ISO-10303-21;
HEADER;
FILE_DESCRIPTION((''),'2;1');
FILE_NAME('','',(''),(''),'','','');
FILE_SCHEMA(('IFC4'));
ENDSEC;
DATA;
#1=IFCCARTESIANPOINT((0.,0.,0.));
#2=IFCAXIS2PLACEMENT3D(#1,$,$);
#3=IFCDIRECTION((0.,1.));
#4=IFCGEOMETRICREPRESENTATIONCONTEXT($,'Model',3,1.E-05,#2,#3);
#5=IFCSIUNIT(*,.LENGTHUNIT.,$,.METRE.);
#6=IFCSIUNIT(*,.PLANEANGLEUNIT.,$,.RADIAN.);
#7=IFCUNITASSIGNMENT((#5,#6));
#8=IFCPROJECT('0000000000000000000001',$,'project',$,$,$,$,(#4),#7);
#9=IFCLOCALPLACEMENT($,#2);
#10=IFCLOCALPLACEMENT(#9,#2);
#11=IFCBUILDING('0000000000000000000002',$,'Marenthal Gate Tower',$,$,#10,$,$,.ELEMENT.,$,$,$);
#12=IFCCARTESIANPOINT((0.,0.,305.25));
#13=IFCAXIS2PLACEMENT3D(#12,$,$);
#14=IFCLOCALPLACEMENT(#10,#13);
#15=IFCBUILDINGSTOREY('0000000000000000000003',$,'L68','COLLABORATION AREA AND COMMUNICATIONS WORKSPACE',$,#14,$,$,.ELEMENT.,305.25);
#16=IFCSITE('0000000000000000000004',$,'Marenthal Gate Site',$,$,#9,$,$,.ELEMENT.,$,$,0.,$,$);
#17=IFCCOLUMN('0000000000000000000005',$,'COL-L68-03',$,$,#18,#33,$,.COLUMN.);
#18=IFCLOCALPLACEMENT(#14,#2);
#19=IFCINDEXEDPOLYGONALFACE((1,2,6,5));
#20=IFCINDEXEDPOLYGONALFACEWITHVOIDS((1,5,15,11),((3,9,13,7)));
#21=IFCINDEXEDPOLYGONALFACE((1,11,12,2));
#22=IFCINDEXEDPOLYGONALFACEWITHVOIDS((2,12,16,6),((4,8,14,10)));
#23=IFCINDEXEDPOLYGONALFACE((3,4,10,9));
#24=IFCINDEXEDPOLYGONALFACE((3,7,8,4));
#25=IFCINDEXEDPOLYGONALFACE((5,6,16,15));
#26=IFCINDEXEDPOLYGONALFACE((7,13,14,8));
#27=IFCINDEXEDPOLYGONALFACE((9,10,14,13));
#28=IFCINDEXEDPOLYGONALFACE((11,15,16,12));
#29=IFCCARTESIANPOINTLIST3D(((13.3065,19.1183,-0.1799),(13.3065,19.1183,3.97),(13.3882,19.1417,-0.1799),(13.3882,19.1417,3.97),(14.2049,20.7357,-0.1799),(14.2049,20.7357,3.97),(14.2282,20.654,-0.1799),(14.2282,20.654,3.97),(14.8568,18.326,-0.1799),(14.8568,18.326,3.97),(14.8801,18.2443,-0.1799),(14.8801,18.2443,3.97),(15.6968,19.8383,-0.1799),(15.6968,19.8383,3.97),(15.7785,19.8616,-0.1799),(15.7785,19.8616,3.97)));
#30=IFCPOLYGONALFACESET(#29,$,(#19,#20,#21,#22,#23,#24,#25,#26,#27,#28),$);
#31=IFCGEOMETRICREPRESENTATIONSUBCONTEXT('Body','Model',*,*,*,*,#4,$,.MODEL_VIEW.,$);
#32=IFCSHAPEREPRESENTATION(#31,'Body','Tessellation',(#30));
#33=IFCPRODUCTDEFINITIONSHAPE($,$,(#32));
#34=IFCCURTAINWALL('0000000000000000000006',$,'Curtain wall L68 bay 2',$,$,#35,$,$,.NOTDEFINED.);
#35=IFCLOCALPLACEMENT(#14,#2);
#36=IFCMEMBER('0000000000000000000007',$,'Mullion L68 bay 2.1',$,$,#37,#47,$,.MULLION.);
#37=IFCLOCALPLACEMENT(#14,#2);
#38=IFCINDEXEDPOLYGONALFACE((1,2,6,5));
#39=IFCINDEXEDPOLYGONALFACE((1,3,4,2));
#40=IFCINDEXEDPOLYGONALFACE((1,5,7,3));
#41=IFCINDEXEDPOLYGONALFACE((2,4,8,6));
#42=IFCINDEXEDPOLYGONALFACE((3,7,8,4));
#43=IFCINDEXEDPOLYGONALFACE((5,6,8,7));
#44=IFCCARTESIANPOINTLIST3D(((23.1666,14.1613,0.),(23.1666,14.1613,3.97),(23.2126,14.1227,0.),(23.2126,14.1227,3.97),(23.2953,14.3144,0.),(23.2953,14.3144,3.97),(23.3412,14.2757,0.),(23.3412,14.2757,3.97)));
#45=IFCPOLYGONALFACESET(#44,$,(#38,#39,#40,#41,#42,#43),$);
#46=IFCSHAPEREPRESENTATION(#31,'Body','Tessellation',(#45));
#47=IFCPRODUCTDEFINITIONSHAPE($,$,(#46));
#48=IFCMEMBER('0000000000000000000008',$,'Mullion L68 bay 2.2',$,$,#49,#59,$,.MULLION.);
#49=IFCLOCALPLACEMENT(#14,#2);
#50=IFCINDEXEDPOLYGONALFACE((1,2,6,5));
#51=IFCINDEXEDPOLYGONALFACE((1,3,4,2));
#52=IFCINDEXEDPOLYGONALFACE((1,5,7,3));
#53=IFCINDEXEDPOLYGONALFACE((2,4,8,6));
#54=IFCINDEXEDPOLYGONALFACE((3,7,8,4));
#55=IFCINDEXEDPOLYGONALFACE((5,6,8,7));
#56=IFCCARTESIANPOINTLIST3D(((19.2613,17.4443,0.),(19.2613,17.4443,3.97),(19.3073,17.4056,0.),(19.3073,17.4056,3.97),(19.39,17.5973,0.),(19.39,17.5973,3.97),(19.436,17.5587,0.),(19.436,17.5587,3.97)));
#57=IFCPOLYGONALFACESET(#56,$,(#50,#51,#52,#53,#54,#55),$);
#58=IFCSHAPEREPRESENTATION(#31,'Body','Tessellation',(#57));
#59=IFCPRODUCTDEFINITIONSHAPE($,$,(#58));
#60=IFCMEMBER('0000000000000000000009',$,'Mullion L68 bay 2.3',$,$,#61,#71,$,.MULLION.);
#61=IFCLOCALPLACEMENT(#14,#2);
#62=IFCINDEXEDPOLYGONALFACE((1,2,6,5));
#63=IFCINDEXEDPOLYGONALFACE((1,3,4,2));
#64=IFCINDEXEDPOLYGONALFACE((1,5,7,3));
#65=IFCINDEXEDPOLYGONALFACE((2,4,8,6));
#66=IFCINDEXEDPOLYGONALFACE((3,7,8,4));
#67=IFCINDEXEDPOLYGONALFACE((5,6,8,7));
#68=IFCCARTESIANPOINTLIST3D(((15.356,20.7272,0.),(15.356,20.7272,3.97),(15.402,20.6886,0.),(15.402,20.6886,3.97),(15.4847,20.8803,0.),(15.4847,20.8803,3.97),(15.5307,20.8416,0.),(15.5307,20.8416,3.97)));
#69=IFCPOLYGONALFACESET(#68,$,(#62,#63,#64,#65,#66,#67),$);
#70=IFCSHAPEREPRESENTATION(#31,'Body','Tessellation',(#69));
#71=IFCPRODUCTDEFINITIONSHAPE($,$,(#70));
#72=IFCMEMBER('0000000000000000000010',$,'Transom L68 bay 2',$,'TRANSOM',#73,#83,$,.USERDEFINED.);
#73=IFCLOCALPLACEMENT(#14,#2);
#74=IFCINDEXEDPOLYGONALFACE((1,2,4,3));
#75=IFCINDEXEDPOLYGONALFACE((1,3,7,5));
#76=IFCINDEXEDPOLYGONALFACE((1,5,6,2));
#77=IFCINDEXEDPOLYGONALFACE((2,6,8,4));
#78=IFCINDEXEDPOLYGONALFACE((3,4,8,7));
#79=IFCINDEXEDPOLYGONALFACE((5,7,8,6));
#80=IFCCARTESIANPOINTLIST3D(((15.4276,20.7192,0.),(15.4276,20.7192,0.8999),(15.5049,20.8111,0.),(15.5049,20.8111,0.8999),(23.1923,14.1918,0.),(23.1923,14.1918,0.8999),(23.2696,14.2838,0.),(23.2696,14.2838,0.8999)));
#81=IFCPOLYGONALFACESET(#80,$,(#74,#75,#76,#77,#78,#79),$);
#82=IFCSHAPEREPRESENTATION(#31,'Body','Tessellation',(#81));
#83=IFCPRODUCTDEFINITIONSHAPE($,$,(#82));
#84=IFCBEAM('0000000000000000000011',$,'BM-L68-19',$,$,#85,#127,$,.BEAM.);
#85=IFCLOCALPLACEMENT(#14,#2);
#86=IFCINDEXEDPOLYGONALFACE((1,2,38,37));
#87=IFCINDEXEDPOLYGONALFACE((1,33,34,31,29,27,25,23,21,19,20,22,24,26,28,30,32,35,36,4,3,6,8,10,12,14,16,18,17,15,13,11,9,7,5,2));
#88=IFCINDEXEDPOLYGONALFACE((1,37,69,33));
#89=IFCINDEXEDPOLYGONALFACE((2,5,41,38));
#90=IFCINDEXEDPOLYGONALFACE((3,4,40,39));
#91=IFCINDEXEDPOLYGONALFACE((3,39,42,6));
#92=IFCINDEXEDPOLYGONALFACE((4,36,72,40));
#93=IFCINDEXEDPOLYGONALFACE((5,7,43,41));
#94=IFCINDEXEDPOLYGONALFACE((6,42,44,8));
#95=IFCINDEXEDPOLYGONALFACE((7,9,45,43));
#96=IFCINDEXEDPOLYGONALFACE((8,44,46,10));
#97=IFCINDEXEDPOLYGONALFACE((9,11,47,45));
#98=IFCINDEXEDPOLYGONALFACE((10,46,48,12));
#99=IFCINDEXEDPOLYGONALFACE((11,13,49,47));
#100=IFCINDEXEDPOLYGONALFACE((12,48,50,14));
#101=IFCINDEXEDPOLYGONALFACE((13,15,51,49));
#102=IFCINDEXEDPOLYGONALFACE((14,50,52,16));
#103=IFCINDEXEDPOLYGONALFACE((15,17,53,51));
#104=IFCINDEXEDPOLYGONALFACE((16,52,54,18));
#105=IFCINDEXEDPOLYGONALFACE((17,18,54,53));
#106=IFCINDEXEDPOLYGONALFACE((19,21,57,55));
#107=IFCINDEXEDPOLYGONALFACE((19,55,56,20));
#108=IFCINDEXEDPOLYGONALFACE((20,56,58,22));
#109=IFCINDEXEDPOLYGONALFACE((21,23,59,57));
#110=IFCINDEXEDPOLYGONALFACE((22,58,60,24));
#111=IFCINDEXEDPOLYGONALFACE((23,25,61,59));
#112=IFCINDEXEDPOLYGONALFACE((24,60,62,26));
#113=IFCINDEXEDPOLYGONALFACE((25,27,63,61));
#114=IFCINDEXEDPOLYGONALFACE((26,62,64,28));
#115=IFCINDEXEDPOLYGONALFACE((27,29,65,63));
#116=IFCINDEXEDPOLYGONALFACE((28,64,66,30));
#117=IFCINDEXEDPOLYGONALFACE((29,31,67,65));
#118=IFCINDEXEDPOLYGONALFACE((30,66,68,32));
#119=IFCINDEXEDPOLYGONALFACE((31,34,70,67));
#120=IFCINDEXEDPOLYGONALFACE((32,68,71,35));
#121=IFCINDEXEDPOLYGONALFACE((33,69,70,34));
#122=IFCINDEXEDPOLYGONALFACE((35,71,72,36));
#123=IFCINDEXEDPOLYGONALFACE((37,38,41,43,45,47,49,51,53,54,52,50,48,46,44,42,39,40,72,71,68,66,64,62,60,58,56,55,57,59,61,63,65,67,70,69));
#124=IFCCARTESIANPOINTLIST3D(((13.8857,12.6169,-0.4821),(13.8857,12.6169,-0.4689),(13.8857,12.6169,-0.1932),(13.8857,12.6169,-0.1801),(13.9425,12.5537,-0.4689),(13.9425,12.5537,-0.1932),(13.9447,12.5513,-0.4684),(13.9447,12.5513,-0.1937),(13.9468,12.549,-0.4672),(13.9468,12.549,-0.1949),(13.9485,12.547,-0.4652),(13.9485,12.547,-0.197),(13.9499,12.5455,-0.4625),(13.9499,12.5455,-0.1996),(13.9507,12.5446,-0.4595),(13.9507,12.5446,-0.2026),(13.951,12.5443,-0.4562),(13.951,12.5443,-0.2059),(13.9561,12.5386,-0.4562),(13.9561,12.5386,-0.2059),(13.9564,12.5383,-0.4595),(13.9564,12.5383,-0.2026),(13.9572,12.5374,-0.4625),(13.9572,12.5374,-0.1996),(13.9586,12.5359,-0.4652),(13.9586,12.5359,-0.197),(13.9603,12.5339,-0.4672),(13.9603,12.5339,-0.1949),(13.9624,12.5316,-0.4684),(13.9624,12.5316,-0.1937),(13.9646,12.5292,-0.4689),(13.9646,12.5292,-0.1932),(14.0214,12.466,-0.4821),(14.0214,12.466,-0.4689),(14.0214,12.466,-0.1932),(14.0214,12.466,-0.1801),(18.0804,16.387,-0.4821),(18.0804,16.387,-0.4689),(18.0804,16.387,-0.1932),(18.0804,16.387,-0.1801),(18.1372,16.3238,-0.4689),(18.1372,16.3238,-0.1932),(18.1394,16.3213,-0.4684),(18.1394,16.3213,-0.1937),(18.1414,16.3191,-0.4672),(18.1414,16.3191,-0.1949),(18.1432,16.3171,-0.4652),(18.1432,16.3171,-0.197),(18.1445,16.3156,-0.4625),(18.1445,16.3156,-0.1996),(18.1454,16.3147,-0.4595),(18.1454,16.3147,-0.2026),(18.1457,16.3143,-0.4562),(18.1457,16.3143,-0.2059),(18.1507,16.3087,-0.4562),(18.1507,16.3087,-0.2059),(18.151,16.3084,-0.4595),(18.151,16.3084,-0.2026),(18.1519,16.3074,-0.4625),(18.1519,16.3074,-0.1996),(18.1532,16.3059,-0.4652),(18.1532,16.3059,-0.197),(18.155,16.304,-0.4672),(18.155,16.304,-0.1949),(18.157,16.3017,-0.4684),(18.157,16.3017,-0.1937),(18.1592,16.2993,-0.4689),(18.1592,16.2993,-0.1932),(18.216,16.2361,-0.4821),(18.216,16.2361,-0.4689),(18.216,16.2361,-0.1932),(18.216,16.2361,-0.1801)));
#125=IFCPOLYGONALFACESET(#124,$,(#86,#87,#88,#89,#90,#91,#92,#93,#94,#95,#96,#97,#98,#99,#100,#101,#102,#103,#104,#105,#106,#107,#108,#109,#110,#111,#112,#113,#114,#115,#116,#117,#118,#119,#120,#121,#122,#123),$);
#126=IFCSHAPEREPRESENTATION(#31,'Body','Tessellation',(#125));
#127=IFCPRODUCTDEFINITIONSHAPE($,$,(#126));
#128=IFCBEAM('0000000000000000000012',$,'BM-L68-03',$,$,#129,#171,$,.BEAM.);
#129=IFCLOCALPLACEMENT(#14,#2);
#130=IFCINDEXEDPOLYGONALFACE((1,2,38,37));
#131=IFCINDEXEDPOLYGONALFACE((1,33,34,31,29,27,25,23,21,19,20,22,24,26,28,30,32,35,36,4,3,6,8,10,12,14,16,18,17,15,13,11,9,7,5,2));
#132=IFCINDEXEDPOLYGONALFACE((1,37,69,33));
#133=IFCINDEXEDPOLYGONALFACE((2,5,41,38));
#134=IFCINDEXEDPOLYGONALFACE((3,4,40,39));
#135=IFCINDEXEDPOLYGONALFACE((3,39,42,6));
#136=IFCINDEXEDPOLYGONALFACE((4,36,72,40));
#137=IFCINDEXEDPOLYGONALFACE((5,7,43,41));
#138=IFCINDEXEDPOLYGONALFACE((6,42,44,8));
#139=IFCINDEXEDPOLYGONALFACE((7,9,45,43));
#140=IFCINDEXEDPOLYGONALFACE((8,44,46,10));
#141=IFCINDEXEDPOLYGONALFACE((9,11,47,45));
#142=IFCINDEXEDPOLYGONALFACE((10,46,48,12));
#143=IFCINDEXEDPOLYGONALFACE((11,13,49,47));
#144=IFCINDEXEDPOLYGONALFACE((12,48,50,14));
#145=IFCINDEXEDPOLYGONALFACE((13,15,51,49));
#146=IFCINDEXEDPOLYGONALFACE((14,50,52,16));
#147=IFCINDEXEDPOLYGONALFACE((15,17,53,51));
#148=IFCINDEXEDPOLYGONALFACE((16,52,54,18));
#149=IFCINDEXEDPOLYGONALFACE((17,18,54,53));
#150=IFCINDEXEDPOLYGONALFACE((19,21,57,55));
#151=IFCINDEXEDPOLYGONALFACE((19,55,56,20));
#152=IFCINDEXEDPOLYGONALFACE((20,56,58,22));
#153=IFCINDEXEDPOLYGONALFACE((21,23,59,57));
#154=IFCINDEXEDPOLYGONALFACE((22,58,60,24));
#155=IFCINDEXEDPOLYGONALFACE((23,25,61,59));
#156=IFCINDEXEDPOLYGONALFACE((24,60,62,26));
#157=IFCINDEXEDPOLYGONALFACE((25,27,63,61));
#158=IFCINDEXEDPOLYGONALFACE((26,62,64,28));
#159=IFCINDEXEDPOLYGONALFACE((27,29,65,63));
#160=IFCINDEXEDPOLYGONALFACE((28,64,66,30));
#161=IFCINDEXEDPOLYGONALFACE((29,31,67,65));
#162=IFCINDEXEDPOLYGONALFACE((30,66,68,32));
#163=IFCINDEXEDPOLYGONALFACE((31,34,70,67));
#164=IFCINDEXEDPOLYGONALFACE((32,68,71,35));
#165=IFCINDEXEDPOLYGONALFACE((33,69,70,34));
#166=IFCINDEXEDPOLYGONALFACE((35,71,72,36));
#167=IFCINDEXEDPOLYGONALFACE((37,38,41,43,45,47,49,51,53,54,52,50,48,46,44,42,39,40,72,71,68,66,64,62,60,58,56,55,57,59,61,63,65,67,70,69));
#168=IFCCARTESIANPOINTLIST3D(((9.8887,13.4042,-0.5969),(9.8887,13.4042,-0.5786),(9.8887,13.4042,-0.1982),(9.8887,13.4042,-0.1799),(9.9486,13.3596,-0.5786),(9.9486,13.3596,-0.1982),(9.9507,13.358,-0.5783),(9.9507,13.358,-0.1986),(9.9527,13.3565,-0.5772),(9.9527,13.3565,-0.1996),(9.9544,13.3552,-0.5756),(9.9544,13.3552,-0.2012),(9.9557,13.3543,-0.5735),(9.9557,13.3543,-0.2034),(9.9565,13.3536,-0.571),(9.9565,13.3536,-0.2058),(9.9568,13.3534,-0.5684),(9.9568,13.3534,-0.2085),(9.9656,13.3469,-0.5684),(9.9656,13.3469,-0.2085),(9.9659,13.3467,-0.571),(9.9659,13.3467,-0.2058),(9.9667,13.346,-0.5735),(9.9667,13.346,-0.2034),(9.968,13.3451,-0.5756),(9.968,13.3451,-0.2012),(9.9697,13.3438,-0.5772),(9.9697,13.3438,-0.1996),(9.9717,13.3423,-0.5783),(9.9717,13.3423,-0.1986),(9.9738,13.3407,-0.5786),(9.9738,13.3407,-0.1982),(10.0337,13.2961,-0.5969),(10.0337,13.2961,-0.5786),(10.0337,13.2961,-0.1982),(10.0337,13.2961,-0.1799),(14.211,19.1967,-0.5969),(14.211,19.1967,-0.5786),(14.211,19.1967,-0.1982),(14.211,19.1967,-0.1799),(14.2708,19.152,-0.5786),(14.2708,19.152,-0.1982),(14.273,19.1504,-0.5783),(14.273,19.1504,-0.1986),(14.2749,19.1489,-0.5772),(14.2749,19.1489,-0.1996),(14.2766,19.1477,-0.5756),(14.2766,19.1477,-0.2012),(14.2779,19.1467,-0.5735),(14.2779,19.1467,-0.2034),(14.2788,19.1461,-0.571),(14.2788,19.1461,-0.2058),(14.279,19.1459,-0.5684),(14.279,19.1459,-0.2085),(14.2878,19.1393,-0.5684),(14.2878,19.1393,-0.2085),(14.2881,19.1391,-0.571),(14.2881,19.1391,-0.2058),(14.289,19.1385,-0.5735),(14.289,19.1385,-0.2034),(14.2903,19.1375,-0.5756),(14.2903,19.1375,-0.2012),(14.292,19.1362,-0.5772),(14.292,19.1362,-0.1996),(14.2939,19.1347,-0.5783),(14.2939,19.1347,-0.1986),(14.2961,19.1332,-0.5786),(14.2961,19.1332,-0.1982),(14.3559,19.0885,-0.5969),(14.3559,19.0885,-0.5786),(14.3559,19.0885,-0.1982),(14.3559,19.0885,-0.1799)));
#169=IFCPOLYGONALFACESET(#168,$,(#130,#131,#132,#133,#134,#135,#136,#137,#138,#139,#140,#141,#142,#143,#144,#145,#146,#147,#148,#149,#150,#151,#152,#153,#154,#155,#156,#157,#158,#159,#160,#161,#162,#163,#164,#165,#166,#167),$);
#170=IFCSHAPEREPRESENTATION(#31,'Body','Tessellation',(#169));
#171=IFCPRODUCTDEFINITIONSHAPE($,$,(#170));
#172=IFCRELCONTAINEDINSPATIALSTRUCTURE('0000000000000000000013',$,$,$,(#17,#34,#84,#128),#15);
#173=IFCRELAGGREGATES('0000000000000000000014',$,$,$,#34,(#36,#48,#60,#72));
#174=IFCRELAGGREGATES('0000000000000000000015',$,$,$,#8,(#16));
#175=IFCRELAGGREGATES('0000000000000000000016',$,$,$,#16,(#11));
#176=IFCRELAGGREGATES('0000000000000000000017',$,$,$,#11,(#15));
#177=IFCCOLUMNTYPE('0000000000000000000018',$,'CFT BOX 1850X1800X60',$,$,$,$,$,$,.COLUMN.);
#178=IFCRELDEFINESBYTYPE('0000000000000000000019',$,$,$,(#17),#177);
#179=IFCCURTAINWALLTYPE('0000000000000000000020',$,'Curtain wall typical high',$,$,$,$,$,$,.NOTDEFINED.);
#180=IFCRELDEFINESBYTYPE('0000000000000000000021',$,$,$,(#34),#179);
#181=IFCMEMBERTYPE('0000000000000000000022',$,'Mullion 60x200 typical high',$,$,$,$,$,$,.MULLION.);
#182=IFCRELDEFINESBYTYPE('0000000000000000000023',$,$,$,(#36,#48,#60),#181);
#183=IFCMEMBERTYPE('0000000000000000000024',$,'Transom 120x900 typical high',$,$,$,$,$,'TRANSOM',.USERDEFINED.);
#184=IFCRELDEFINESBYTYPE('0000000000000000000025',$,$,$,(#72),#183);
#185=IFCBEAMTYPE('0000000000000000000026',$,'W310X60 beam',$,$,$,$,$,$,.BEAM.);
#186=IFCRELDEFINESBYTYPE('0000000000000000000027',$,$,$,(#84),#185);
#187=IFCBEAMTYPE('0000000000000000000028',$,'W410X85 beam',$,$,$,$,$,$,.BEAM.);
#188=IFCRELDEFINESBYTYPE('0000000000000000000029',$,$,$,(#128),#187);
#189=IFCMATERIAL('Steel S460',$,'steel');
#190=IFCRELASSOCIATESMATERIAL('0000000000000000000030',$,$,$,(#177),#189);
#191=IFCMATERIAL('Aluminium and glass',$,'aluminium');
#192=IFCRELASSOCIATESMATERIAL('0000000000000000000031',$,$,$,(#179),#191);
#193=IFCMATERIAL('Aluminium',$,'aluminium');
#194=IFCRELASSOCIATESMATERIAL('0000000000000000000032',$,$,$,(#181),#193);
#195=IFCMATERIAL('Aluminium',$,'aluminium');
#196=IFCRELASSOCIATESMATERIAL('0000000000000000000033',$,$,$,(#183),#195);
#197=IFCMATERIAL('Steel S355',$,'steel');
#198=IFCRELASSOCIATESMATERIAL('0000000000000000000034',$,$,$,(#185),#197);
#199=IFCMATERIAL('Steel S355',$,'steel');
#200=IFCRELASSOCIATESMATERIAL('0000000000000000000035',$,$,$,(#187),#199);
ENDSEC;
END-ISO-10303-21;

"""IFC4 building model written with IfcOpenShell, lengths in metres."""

from ifc_helpers import new_model, si_unit, direction, frame, origin, origin_2d, place, context, subcontext, project, spatial, rectangle, hollow_rectangle, i_section, extrude, material, material_profile, profile_set, type_object, element, aggregate, save


model = new_model("IFC4")

# Units and contexts
model_context = context("Model", 3, precision=1e-05, world=origin(), true_north=direction((0.0, 1.0)))
body_context = subcontext(model_context, "Body", "Model", "MODEL_VIEW")
ifc_project = project(units=[si_unit("LENGTHUNIT", "METRE"), si_unit("PLANEANGLEUNIT", "RADIAN")], contexts=[model_context])

# Site, building, storey
site_placement = place(None, origin())
site = spatial("IfcSite", under=ifc_project, at=site_placement, Name="Marenthal Gate Site", CompositionType="ELEMENT", RefElevation=0.0)
building_placement = place(site_placement, origin())
building = spatial("IfcBuilding", under=site, at=building_placement, Name="Marenthal Gate Tower", CompositionType="ELEMENT")
storey_placement = place(building_placement, frame((0.0, 0.0, 305.25)))
storey = spatial("IfcBuildingStorey", under=building, at=storey_placement, Name="L68", Description="COLLABORATION AREA AND COMMUNICATIONS WORKSPACE", CompositionType="ELEMENT", Elevation=305.25)

# Column
ifc_material_1 = material(Name="Steel S460", Category="steel")
ifc_material_profile_1 = material_profile(ifc_material_1, hollow_rectangle(XDim=1.8, YDim=1.8501, WallThickness=0.0601, at=origin_2d()), Name="CFT BOX 1850X1800X60")
ifc_material_2 = material(Name="Concrete 70 MPa", Category="concrete")
ifc_material_profile_2 = material_profile(ifc_material_2, rectangle(XDim=1.6799, YDim=1.73, at=origin_2d()), Name="CFT BOX 1850X1800X60 INFILL")
ifc_profile_set_1 = profile_set([ifc_material_profile_1, ifc_material_profile_2], Name="Steel S460 shell, Concrete 70 MPa infill")
column_type = type_object("IfcColumnType", Name="CFT BOX 1850X1800X60", PredefinedType="COLUMN", material=ifc_profile_set_1)
column_placement = place(storey_placement, frame((14.5425, 19.49, -0.1799), z_axis=(0.0, 0.0, 1.0), x_axis=(0.8742, -0.485567, 0.0)))
element("IfcColumn", 1, at=column_placement, inside=storey, type_object=column_type, Name="COL-L68-03", PredefinedType="COLUMN", context=body_context, shape_type="SweptSolid", body=[
    extrude(hollow_rectangle(XDim=1.8, YDim=1.8501, WallThickness=0.0601, at=origin_2d()), origin(), (0.0, 0.0, 1.0), 4.1499),
])

# Curtain wall, members
ifc_material_3 = material(Name="Aluminium and glass", Category="aluminium")
curtain_wall_type = type_object("IfcCurtainWallType", Name="Curtain wall typical high", PredefinedType="NOTDEFINED", material=ifc_material_3)
curtain_wall_placement = place(storey_placement, origin())
curtain_wall = element("IfcCurtainWall", 2, at=curtain_wall_placement, inside=storey, type_object=curtain_wall_type, Name="Curtain wall L68 bay 2", PredefinedType="NOTDEFINED")
ifc_material_4 = material(Name="Aluminium", Category="aluminium")
ifc_material_profile_3 = material_profile(ifc_material_4, rectangle(XDim=0.2, YDim=0.0601, at=origin_2d()), Name="60x200 aluminium mullion")
ifc_profile_set_2 = profile_set([ifc_material_profile_3], Name="Aluminium")
member_type_1 = type_object("IfcMemberType", Name="Mullion 60x200 typical high", PredefinedType="MULLION", material=ifc_profile_set_2)
member_1_placement = place(storey_placement, frame((23.2539, 14.2185, 0.0), z_axis=(0.0, 0.0, 1.0), x_axis=(-0.64348, -0.765463, 0.0)))
member_1 = element("IfcMember", 3, at=member_1_placement, type_object=member_type_1, Name="Mullion L68 bay 2.1", PredefinedType="MULLION", context=body_context, shape_type="SweptSolid", body=[
    extrude(rectangle(XDim=0.2, YDim=0.0601, at=origin_2d()), origin(), (0.0, 0.0, 1.0), 3.97),
])
member_2_placement = place(storey_placement, frame((19.3486, 17.5015, 0.0), z_axis=(0.0, 0.0, 1.0), x_axis=(-0.64348, -0.765463, 0.0)))
member_2 = element("IfcMember", 4, at=member_2_placement, type_object=member_type_1, Name="Mullion L68 bay 2.2", PredefinedType="MULLION", context=body_context, shape_type="SweptSolid", body=[
    extrude(rectangle(XDim=0.2, YDim=0.0601, at=origin_2d()), origin(), (0.0, 0.0, 1.0), 3.97),
])
member_3_placement = place(storey_placement, frame((15.4434, 20.7844, 0.0), z_axis=(0.0, 0.0, 1.0), x_axis=(-0.64348, -0.765463, 0.0)))
member_3 = element("IfcMember", 5, at=member_3_placement, type_object=member_type_1, Name="Mullion L68 bay 2.3", PredefinedType="MULLION", context=body_context, shape_type="SweptSolid", body=[
    extrude(rectangle(XDim=0.2, YDim=0.0601, at=origin_2d()), origin(), (0.0, 0.0, 1.0), 3.97),
])
ifc_material_5 = material(Name="Aluminium", Category="aluminium")
ifc_material_profile_4 = material_profile(ifc_material_5, rectangle(XDim=0.1201, YDim=0.8999, at=origin_2d()), Name="120x900 aluminium transom")
ifc_profile_set_3 = profile_set([ifc_material_profile_4], Name="Aluminium")
member_type_2 = type_object("IfcMemberType", Name="Transom 120x900 typical high", ElementType="TRANSOM", PredefinedType="USERDEFINED", material=ifc_profile_set_3)
member_4_placement = place(storey_placement, frame((23.231, 14.2378, 0.45), z_axis=(-0.76546, 0.643483, 0.0), x_axis=(-0.643483, -0.76546, 0.0)))
member_4 = element("IfcMember", 6, at=member_4_placement, type_object=member_type_2, Name="Transom L68 bay 2", ObjectType="TRANSOM", PredefinedType="USERDEFINED", context=body_context, shape_type="SweptSolid", body=[
    extrude(rectangle(XDim=0.1201, YDim=0.8999, at=origin_2d()), origin(), (0.0, 0.0, 1.0), 10.1438),
])

# Beams
ifc_material_6 = material(Name="Steel S355", Category="steel")
ifc_material_profile_5 = material_profile(ifc_material_6, i_section(OverallWidth=0.2029, OverallDepth=0.302, WebThickness=0.0076, FlangeThickness=0.0132, FilletRadius=0.0127, at=origin_2d()), Name="W310X60")
ifc_profile_set_4 = profile_set([ifc_material_profile_5], Name="Steel S355")
beam_type_1 = type_object("IfcBeamType", Name="W310X60 beam", PredefinedType="BEAM", material=ifc_profile_set_4)
beam_1_placement = place(storey_placement, frame((18.1482, 16.3115, -0.3311), z_axis=(-0.743744, -0.668465, 0.0), x_axis=(0.668465, -0.743744, 0.0)))
element("IfcBeam", 7, at=beam_1_placement, inside=storey, type_object=beam_type_1, Name="BM-L68-19", PredefinedType="BEAM", context=body_context, shape_type="SweptSolid", body=[
    extrude(i_section(OverallWidth=0.2029, OverallDepth=0.302, WebThickness=0.0076, FlangeThickness=0.0132, FilletRadius=0.0127, at=origin_2d()), origin(), (0.0, 0.0, 1.0), 5.6399),
])
ifc_material_7 = material(Name="Steel S355", Category="steel")
ifc_material_profile_6 = material_profile(ifc_material_7, i_section(OverallWidth=0.1809, OverallDepth=0.417, WebThickness=0.011, FlangeThickness=0.0183, FilletRadius=0.0103, at=origin_2d()), Name="W410X85")
ifc_profile_set_5 = profile_set([ifc_material_profile_6], Name="Steel S355")
beam_type_2 = type_object("IfcBeamType", Name="W410X85 beam", PredefinedType="BEAM", material=ifc_profile_set_5)
beam_2_placement = place(storey_placement, frame((14.2834, 19.1426, -0.3884), z_axis=(-0.598042, -0.801465, 0.0), x_axis=(0.801465, -0.598042, 0.0)))
element("IfcBeam", 8, at=beam_2_placement, inside=storey, type_object=beam_type_2, Name="BM-L68-03", PredefinedType="BEAM", context=body_context, shape_type="SweptSolid", body=[
    extrude(i_section(OverallWidth=0.1809, OverallDepth=0.417, WebThickness=0.011, FlangeThickness=0.0183, FilletRadius=0.0103, at=origin_2d()), origin(), (0.0, 0.0, 1.0), 7.2273),
])

aggregate(curtain_wall, [member_1, member_2, member_3, member_4])

save(model, "model.ifc")
